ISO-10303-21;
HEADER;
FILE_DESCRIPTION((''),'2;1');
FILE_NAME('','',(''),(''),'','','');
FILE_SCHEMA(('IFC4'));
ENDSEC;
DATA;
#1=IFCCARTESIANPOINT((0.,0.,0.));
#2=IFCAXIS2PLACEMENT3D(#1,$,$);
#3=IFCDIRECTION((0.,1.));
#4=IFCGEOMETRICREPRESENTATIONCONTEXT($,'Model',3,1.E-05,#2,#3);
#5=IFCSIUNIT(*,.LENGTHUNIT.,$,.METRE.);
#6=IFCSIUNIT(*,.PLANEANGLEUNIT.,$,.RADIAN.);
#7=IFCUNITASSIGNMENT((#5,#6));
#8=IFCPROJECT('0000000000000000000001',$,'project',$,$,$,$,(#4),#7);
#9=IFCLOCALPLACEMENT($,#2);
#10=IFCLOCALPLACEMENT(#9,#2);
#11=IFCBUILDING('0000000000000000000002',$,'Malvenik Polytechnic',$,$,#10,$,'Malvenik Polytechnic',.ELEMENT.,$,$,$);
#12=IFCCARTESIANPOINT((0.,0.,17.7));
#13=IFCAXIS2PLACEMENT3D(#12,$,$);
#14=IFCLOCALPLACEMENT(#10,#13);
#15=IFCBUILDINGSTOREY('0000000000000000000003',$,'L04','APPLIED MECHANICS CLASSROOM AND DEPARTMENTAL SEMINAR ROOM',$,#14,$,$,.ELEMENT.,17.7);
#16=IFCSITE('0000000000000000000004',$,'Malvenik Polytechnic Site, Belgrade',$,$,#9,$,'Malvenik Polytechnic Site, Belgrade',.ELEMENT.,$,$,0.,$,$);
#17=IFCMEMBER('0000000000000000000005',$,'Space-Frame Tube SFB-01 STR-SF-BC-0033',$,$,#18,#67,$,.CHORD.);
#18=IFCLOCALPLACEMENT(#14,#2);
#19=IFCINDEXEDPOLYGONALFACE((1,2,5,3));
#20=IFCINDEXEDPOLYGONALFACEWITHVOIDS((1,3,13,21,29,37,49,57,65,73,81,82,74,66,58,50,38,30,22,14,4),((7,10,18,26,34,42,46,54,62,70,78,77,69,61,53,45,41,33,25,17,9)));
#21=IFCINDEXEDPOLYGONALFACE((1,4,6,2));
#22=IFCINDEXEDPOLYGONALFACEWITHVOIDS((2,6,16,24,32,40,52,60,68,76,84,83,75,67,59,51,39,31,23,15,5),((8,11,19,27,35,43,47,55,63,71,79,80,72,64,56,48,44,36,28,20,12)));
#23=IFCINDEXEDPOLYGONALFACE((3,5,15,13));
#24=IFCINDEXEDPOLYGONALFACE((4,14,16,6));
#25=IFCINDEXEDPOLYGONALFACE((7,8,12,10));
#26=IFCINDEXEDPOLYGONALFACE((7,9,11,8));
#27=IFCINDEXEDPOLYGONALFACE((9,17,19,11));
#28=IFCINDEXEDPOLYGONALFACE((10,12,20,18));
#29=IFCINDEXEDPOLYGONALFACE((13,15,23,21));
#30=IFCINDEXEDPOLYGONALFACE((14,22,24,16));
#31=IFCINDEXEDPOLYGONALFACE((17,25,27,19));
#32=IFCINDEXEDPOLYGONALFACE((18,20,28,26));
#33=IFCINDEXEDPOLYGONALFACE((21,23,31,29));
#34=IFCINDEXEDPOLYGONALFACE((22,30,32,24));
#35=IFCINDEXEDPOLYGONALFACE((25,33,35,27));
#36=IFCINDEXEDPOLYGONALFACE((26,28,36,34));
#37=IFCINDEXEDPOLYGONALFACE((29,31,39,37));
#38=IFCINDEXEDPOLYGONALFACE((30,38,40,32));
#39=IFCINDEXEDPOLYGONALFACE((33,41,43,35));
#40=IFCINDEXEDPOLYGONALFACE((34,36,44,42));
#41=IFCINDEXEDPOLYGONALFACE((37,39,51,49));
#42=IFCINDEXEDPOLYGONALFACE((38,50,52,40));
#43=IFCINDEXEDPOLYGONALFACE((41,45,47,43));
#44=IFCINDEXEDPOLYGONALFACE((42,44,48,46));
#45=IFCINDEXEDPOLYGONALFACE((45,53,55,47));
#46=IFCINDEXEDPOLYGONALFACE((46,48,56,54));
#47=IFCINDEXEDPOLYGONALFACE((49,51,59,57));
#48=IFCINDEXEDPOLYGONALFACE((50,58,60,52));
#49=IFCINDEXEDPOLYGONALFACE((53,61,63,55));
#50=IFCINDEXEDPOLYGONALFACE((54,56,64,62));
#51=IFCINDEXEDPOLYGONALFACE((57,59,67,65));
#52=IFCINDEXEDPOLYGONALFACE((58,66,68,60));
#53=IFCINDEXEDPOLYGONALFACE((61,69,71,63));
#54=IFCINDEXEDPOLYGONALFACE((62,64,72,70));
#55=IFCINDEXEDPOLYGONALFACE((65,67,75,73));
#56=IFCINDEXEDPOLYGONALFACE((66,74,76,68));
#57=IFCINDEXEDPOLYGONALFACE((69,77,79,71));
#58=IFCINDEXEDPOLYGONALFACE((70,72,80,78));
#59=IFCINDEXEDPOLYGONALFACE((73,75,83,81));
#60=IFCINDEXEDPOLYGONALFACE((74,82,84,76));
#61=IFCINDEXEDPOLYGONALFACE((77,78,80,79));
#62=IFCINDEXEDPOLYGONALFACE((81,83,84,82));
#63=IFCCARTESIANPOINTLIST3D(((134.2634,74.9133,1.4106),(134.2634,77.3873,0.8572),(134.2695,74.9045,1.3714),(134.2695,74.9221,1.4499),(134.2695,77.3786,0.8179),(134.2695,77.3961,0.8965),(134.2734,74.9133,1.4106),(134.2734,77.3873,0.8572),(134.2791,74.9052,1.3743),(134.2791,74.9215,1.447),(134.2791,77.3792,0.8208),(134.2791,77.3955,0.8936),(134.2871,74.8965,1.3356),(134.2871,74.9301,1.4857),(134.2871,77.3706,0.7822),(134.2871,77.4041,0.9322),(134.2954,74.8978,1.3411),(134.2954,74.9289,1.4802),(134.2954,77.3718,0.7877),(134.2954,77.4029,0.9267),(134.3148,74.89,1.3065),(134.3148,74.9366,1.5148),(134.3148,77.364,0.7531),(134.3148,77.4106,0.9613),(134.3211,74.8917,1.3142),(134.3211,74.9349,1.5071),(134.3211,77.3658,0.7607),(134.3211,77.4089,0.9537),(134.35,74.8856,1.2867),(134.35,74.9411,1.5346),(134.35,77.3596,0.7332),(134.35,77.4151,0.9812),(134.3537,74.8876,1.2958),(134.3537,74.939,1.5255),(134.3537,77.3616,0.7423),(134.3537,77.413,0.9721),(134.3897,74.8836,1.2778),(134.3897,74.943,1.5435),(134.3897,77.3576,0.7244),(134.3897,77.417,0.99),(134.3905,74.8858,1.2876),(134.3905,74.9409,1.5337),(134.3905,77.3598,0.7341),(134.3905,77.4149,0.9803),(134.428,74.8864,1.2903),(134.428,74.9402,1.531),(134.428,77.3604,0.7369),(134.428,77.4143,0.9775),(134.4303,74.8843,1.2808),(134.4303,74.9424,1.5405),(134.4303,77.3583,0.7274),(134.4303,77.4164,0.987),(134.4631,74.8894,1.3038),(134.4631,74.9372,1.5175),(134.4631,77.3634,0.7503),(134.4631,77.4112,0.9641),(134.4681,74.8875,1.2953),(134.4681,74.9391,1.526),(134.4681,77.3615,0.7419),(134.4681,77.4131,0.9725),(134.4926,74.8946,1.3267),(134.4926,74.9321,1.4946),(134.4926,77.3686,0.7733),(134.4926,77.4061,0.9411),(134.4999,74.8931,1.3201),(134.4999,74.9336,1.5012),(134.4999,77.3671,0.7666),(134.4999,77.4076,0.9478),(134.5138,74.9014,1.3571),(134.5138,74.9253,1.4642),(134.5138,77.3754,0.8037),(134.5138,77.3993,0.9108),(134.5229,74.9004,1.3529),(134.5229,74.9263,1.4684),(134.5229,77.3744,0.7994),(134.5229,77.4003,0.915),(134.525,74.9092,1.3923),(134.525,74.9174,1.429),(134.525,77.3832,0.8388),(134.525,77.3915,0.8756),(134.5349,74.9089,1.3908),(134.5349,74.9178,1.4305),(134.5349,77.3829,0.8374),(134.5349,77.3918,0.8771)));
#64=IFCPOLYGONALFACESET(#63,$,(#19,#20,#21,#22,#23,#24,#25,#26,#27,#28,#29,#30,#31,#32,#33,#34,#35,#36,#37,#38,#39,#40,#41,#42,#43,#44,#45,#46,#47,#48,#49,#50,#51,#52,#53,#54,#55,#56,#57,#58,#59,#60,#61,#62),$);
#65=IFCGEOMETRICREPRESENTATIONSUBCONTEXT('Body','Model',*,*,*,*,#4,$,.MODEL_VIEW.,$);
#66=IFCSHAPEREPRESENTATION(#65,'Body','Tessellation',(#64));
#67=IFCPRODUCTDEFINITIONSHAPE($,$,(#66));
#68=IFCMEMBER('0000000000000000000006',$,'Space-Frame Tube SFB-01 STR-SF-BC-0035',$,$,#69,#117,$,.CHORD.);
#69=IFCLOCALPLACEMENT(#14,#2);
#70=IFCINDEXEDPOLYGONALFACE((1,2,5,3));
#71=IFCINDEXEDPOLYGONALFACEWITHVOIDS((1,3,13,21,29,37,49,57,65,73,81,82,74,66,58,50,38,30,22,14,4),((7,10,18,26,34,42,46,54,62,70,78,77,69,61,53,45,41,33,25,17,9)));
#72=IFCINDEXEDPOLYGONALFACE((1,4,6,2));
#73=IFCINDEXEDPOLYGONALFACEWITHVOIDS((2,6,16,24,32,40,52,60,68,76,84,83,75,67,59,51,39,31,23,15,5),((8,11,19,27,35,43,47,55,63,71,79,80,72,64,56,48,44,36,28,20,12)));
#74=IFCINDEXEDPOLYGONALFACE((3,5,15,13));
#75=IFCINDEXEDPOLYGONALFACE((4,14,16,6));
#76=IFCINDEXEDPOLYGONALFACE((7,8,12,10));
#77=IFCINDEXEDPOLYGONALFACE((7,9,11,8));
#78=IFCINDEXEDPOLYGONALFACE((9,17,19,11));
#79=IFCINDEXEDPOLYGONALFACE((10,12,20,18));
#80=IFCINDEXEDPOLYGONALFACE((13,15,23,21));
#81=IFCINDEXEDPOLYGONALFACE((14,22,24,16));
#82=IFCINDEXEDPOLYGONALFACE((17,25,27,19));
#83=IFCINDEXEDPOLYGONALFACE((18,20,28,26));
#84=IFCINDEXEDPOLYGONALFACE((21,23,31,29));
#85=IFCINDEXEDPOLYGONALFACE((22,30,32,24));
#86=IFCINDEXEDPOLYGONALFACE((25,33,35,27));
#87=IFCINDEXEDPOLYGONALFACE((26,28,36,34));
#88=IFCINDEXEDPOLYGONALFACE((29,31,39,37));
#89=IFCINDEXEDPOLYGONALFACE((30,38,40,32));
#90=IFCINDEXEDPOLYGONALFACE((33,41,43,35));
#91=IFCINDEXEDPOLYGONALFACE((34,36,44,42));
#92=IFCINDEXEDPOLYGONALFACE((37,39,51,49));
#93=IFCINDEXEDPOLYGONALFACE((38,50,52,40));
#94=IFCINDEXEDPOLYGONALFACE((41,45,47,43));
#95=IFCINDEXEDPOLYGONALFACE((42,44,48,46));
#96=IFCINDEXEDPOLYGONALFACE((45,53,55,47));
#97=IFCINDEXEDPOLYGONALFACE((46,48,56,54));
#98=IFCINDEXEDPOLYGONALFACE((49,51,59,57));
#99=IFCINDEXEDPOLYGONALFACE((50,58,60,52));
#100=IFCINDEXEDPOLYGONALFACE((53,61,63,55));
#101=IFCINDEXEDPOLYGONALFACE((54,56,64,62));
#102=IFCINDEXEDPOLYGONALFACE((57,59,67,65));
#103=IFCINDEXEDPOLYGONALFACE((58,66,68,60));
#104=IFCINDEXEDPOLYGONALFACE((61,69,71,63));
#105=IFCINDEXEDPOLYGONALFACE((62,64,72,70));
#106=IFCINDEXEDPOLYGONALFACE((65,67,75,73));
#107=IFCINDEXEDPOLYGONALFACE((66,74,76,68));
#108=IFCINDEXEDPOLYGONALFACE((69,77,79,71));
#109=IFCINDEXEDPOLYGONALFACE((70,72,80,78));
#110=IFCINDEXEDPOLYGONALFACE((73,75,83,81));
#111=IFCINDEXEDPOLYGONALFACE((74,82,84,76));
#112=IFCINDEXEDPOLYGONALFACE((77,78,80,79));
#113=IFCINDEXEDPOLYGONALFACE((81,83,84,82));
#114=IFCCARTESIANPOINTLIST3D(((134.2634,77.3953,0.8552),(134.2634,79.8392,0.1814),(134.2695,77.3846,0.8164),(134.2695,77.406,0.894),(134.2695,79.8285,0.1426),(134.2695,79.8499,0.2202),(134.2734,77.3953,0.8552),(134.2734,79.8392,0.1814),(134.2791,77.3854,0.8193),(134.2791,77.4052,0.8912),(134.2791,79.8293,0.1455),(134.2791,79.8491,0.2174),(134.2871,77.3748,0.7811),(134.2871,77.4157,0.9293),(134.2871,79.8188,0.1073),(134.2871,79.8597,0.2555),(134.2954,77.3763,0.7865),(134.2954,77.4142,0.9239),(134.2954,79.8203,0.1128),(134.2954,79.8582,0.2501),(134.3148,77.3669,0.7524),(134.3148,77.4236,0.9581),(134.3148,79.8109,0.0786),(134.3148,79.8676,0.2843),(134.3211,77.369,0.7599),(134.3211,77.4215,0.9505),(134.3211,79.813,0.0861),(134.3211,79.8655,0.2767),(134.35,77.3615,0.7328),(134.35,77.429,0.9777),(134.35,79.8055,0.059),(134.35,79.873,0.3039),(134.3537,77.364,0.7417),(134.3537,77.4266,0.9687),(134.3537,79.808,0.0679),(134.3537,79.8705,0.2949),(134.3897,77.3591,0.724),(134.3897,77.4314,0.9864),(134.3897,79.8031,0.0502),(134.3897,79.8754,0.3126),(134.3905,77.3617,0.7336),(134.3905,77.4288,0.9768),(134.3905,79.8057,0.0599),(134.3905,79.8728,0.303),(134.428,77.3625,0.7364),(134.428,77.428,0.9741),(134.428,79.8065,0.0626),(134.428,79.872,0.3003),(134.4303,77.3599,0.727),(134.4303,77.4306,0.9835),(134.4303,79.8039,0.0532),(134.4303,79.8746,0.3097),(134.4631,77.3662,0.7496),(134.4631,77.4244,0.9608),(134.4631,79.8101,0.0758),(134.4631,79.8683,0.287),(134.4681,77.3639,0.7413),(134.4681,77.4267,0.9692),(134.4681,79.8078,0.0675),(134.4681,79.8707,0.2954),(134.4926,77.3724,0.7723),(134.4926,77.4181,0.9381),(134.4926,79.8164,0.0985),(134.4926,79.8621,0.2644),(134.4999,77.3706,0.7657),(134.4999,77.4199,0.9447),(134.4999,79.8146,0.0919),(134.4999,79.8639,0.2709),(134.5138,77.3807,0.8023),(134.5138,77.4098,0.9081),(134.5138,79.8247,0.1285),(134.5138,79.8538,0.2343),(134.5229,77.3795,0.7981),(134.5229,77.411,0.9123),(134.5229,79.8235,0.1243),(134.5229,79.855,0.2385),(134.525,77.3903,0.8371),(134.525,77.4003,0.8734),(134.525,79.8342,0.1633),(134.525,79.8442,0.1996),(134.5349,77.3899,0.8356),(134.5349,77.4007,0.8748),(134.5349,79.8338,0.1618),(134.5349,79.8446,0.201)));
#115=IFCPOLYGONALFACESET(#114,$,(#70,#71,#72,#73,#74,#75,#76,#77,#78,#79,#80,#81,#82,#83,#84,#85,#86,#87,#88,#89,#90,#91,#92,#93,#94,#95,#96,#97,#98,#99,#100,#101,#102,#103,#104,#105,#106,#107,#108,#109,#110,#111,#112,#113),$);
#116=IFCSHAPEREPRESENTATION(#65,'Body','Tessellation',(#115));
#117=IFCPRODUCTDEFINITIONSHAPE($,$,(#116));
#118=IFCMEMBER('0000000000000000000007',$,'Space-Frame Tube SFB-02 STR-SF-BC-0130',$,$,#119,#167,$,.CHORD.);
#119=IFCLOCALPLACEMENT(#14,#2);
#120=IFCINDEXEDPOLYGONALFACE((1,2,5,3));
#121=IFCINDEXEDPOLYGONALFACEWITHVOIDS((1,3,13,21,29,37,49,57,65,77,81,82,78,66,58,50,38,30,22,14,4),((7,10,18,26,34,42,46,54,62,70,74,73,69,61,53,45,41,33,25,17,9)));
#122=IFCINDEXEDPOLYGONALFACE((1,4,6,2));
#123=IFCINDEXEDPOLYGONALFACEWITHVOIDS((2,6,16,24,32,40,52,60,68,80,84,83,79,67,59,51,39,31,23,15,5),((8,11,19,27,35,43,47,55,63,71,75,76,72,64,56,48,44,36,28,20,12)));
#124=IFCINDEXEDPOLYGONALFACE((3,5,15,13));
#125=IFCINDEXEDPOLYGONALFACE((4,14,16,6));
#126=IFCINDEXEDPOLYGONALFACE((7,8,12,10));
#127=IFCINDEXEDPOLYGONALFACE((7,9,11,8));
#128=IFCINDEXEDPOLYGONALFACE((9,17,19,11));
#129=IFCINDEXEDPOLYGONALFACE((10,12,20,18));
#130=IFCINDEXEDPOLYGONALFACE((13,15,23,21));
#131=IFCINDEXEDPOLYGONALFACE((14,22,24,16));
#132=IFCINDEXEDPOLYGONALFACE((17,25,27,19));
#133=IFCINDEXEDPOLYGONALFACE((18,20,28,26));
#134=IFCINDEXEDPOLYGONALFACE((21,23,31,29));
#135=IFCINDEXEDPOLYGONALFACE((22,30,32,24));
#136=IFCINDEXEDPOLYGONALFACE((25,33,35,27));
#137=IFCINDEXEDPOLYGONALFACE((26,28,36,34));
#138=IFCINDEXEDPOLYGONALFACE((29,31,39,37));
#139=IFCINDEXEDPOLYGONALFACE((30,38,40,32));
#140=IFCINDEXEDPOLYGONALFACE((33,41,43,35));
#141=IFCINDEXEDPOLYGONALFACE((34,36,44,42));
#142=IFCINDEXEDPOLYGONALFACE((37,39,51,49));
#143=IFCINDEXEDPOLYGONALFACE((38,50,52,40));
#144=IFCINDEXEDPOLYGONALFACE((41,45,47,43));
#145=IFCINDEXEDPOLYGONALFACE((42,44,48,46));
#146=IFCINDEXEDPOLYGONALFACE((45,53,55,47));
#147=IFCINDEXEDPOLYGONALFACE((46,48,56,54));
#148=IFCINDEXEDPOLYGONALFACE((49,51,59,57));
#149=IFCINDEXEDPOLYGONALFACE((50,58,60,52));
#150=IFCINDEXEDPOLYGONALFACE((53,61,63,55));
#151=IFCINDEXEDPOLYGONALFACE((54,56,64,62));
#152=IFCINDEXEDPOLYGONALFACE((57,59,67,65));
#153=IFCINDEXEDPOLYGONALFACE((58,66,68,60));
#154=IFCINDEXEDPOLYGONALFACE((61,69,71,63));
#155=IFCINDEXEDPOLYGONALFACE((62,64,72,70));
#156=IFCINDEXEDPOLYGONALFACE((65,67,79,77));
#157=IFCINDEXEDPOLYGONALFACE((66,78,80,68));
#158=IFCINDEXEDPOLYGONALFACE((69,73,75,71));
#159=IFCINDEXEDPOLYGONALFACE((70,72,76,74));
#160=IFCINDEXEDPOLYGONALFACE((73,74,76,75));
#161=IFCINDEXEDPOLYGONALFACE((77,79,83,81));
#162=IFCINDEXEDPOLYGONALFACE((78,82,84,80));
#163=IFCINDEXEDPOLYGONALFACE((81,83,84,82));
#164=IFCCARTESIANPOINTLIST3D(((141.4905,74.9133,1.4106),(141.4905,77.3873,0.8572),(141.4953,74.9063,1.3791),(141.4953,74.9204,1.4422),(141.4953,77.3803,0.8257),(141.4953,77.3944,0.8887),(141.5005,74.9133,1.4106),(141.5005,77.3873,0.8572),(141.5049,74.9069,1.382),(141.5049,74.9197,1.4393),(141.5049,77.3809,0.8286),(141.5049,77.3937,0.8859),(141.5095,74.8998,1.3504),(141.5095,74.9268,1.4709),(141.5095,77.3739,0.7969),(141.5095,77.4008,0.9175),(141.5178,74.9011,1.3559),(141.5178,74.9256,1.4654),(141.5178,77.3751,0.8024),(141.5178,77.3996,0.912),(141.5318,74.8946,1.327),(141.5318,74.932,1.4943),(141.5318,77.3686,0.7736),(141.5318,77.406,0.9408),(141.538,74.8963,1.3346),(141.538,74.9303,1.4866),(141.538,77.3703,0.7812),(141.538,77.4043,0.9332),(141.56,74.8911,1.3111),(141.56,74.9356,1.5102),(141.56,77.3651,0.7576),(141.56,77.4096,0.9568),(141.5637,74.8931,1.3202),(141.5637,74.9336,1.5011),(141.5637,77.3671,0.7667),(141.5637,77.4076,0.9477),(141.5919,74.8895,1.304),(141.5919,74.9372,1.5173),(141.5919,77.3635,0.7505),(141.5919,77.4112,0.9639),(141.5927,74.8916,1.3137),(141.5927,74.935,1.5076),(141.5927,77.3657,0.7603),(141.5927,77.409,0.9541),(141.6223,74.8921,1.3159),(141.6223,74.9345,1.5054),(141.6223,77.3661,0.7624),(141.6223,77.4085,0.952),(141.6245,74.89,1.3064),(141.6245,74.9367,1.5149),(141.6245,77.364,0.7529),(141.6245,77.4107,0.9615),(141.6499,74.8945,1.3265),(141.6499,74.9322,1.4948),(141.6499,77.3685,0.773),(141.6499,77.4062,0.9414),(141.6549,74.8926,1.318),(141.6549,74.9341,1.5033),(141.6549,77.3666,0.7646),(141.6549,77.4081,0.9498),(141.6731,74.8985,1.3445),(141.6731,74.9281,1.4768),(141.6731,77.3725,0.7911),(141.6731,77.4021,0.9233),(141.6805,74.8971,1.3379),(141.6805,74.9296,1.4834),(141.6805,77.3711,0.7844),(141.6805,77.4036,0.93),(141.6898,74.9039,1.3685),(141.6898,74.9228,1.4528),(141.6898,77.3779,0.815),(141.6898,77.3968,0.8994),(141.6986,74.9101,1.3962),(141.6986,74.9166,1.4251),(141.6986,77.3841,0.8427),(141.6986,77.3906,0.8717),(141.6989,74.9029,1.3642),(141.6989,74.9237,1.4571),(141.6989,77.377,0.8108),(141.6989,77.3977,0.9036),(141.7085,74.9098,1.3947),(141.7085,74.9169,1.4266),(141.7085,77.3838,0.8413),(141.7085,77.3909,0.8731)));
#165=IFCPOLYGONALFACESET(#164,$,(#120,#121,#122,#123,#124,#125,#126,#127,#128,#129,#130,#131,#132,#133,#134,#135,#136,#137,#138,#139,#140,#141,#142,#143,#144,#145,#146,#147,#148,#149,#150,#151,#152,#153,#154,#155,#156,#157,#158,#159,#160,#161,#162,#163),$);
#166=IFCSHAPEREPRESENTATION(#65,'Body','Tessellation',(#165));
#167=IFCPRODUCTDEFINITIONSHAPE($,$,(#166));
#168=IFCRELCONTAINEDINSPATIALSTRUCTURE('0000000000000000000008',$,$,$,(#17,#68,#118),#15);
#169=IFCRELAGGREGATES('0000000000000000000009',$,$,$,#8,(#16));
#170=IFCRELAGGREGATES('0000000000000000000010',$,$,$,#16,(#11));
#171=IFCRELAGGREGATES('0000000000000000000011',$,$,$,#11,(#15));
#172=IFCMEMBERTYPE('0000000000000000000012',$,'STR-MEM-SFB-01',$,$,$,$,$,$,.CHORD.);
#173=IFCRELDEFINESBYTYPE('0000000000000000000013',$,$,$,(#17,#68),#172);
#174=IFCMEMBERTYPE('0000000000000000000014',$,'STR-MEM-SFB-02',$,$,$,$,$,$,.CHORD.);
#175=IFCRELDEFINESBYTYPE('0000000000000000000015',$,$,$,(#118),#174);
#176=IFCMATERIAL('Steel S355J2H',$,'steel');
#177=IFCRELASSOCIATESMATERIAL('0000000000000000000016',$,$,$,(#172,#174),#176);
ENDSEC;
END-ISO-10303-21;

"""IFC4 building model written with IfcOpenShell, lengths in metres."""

from ifc_helpers import new_model, si_unit, direction, frame, origin, origin_2d, place, context, subcontext, project, spatial, hollow_circle, extrude, material, material_profile, profile_set, type_object, element, save


model = new_model("IFC4")

# Units and contexts
model_context = context("Model", 3, precision=1e-05, world=origin(), true_north=direction((0.0, 1.0)))
body_context = subcontext(model_context, "Body", "Model", "MODEL_VIEW")
ifc_project = project(units=[si_unit("LENGTHUNIT", "METRE"), si_unit("PLANEANGLEUNIT", "RADIAN")], contexts=[model_context])

# Site, building, storey
site_placement = place(None, origin())
site = spatial("IfcSite", under=ifc_project, at=site_placement, Name="Malvenik Polytechnic Site, Belgrade", LongName="Malvenik Polytechnic Site, Belgrade", CompositionType="ELEMENT", RefElevation=0.0)
building_placement = place(site_placement, origin())
building = spatial("IfcBuilding", under=site, at=building_placement, Name="Malvenik Polytechnic", LongName="Malvenik Polytechnic", CompositionType="ELEMENT")
storey_placement = place(building_placement, frame((0.0, 0.0, 17.7)))
storey = spatial("IfcBuildingStorey", under=building, at=storey_placement, Name="L04", Description="APPLIED MECHANICS CLASSROOM AND DEPARTMENTAL SEMINAR ROOM", CompositionType="ELEMENT", Elevation=17.7)

# Members
ifc_material = material(Name="Steel S355J2H", Category="steel")
ifc_material_profile_1 = material_profile(ifc_material, hollow_circle(Radius=0.1365, WallThickness=0.01, at=origin_2d()), Name="CHS 273.0x10.0")
ifc_profile_set_1 = profile_set([ifc_material_profile_1], Name="Steel S355J2H")
member_type_1 = type_object("IfcMemberType", Name="STR-MEM-SFB-01", PredefinedType="CHORD", material=ifc_profile_set_1)
for number, where, z_axis, x_axis, name in (
    (1, (134.3999, 74.9133, 1.4106), (0.0, 0.97588, -0.218307), (-1.0, 0.0, 0.0), "Space-Frame Tube SFB-01 STR-SF-BC-0033"),
    (2, (134.3999, 77.3953, 0.8552), (0.0, 0.964033, -0.265781), (-1.0, 0.0, 0.0), "Space-Frame Tube SFB-01 STR-SF-BC-0035"),
):
    element("IfcMember", number, at=place(storey_placement, frame(where, z_axis=z_axis, x_axis=x_axis)), inside=storey, type_object=member_type_1, Name=name, PredefinedType="CHORD", context=body_context, shape_type="SweptSolid", body=[
        extrude(hollow_circle(Radius=0.1365, WallThickness=0.01, at=origin_2d()), origin(), (0.0, 0.0, 1.0), 2.5352),
    ])
ifc_material_profile_2 = material_profile(ifc_material, hollow_circle(Radius=0.1096, WallThickness=0.01, at=origin_2d()), Name="CHS 219.1x10.0")
ifc_profile_set_2 = profile_set([ifc_material_profile_2], Name="Steel S355J2H")
member_type_2 = type_object("IfcMemberType", Name="STR-MEM-SFB-02", PredefinedType="CHORD", material=ifc_profile_set_2)
for number, where, z_axis, x_axis, name in (
    (3, (141.6001, 74.9133, 1.4106), (0.0, 0.97588, -0.218307), (-1.0, 0.0, 0.0), "Space-Frame Tube SFB-02 STR-SF-BC-0130"),
):
    element("IfcMember", number, at=place(storey_placement, frame(where, z_axis=z_axis, x_axis=x_axis)), inside=storey, type_object=member_type_2, Name=name, PredefinedType="CHORD", context=body_context, shape_type="SweptSolid", body=[
        extrude(hollow_circle(Radius=0.1096, WallThickness=0.01, at=origin_2d()), origin(), (0.0, 0.0, 1.0), 2.5352),
    ])

save(model, "model.ifc")
